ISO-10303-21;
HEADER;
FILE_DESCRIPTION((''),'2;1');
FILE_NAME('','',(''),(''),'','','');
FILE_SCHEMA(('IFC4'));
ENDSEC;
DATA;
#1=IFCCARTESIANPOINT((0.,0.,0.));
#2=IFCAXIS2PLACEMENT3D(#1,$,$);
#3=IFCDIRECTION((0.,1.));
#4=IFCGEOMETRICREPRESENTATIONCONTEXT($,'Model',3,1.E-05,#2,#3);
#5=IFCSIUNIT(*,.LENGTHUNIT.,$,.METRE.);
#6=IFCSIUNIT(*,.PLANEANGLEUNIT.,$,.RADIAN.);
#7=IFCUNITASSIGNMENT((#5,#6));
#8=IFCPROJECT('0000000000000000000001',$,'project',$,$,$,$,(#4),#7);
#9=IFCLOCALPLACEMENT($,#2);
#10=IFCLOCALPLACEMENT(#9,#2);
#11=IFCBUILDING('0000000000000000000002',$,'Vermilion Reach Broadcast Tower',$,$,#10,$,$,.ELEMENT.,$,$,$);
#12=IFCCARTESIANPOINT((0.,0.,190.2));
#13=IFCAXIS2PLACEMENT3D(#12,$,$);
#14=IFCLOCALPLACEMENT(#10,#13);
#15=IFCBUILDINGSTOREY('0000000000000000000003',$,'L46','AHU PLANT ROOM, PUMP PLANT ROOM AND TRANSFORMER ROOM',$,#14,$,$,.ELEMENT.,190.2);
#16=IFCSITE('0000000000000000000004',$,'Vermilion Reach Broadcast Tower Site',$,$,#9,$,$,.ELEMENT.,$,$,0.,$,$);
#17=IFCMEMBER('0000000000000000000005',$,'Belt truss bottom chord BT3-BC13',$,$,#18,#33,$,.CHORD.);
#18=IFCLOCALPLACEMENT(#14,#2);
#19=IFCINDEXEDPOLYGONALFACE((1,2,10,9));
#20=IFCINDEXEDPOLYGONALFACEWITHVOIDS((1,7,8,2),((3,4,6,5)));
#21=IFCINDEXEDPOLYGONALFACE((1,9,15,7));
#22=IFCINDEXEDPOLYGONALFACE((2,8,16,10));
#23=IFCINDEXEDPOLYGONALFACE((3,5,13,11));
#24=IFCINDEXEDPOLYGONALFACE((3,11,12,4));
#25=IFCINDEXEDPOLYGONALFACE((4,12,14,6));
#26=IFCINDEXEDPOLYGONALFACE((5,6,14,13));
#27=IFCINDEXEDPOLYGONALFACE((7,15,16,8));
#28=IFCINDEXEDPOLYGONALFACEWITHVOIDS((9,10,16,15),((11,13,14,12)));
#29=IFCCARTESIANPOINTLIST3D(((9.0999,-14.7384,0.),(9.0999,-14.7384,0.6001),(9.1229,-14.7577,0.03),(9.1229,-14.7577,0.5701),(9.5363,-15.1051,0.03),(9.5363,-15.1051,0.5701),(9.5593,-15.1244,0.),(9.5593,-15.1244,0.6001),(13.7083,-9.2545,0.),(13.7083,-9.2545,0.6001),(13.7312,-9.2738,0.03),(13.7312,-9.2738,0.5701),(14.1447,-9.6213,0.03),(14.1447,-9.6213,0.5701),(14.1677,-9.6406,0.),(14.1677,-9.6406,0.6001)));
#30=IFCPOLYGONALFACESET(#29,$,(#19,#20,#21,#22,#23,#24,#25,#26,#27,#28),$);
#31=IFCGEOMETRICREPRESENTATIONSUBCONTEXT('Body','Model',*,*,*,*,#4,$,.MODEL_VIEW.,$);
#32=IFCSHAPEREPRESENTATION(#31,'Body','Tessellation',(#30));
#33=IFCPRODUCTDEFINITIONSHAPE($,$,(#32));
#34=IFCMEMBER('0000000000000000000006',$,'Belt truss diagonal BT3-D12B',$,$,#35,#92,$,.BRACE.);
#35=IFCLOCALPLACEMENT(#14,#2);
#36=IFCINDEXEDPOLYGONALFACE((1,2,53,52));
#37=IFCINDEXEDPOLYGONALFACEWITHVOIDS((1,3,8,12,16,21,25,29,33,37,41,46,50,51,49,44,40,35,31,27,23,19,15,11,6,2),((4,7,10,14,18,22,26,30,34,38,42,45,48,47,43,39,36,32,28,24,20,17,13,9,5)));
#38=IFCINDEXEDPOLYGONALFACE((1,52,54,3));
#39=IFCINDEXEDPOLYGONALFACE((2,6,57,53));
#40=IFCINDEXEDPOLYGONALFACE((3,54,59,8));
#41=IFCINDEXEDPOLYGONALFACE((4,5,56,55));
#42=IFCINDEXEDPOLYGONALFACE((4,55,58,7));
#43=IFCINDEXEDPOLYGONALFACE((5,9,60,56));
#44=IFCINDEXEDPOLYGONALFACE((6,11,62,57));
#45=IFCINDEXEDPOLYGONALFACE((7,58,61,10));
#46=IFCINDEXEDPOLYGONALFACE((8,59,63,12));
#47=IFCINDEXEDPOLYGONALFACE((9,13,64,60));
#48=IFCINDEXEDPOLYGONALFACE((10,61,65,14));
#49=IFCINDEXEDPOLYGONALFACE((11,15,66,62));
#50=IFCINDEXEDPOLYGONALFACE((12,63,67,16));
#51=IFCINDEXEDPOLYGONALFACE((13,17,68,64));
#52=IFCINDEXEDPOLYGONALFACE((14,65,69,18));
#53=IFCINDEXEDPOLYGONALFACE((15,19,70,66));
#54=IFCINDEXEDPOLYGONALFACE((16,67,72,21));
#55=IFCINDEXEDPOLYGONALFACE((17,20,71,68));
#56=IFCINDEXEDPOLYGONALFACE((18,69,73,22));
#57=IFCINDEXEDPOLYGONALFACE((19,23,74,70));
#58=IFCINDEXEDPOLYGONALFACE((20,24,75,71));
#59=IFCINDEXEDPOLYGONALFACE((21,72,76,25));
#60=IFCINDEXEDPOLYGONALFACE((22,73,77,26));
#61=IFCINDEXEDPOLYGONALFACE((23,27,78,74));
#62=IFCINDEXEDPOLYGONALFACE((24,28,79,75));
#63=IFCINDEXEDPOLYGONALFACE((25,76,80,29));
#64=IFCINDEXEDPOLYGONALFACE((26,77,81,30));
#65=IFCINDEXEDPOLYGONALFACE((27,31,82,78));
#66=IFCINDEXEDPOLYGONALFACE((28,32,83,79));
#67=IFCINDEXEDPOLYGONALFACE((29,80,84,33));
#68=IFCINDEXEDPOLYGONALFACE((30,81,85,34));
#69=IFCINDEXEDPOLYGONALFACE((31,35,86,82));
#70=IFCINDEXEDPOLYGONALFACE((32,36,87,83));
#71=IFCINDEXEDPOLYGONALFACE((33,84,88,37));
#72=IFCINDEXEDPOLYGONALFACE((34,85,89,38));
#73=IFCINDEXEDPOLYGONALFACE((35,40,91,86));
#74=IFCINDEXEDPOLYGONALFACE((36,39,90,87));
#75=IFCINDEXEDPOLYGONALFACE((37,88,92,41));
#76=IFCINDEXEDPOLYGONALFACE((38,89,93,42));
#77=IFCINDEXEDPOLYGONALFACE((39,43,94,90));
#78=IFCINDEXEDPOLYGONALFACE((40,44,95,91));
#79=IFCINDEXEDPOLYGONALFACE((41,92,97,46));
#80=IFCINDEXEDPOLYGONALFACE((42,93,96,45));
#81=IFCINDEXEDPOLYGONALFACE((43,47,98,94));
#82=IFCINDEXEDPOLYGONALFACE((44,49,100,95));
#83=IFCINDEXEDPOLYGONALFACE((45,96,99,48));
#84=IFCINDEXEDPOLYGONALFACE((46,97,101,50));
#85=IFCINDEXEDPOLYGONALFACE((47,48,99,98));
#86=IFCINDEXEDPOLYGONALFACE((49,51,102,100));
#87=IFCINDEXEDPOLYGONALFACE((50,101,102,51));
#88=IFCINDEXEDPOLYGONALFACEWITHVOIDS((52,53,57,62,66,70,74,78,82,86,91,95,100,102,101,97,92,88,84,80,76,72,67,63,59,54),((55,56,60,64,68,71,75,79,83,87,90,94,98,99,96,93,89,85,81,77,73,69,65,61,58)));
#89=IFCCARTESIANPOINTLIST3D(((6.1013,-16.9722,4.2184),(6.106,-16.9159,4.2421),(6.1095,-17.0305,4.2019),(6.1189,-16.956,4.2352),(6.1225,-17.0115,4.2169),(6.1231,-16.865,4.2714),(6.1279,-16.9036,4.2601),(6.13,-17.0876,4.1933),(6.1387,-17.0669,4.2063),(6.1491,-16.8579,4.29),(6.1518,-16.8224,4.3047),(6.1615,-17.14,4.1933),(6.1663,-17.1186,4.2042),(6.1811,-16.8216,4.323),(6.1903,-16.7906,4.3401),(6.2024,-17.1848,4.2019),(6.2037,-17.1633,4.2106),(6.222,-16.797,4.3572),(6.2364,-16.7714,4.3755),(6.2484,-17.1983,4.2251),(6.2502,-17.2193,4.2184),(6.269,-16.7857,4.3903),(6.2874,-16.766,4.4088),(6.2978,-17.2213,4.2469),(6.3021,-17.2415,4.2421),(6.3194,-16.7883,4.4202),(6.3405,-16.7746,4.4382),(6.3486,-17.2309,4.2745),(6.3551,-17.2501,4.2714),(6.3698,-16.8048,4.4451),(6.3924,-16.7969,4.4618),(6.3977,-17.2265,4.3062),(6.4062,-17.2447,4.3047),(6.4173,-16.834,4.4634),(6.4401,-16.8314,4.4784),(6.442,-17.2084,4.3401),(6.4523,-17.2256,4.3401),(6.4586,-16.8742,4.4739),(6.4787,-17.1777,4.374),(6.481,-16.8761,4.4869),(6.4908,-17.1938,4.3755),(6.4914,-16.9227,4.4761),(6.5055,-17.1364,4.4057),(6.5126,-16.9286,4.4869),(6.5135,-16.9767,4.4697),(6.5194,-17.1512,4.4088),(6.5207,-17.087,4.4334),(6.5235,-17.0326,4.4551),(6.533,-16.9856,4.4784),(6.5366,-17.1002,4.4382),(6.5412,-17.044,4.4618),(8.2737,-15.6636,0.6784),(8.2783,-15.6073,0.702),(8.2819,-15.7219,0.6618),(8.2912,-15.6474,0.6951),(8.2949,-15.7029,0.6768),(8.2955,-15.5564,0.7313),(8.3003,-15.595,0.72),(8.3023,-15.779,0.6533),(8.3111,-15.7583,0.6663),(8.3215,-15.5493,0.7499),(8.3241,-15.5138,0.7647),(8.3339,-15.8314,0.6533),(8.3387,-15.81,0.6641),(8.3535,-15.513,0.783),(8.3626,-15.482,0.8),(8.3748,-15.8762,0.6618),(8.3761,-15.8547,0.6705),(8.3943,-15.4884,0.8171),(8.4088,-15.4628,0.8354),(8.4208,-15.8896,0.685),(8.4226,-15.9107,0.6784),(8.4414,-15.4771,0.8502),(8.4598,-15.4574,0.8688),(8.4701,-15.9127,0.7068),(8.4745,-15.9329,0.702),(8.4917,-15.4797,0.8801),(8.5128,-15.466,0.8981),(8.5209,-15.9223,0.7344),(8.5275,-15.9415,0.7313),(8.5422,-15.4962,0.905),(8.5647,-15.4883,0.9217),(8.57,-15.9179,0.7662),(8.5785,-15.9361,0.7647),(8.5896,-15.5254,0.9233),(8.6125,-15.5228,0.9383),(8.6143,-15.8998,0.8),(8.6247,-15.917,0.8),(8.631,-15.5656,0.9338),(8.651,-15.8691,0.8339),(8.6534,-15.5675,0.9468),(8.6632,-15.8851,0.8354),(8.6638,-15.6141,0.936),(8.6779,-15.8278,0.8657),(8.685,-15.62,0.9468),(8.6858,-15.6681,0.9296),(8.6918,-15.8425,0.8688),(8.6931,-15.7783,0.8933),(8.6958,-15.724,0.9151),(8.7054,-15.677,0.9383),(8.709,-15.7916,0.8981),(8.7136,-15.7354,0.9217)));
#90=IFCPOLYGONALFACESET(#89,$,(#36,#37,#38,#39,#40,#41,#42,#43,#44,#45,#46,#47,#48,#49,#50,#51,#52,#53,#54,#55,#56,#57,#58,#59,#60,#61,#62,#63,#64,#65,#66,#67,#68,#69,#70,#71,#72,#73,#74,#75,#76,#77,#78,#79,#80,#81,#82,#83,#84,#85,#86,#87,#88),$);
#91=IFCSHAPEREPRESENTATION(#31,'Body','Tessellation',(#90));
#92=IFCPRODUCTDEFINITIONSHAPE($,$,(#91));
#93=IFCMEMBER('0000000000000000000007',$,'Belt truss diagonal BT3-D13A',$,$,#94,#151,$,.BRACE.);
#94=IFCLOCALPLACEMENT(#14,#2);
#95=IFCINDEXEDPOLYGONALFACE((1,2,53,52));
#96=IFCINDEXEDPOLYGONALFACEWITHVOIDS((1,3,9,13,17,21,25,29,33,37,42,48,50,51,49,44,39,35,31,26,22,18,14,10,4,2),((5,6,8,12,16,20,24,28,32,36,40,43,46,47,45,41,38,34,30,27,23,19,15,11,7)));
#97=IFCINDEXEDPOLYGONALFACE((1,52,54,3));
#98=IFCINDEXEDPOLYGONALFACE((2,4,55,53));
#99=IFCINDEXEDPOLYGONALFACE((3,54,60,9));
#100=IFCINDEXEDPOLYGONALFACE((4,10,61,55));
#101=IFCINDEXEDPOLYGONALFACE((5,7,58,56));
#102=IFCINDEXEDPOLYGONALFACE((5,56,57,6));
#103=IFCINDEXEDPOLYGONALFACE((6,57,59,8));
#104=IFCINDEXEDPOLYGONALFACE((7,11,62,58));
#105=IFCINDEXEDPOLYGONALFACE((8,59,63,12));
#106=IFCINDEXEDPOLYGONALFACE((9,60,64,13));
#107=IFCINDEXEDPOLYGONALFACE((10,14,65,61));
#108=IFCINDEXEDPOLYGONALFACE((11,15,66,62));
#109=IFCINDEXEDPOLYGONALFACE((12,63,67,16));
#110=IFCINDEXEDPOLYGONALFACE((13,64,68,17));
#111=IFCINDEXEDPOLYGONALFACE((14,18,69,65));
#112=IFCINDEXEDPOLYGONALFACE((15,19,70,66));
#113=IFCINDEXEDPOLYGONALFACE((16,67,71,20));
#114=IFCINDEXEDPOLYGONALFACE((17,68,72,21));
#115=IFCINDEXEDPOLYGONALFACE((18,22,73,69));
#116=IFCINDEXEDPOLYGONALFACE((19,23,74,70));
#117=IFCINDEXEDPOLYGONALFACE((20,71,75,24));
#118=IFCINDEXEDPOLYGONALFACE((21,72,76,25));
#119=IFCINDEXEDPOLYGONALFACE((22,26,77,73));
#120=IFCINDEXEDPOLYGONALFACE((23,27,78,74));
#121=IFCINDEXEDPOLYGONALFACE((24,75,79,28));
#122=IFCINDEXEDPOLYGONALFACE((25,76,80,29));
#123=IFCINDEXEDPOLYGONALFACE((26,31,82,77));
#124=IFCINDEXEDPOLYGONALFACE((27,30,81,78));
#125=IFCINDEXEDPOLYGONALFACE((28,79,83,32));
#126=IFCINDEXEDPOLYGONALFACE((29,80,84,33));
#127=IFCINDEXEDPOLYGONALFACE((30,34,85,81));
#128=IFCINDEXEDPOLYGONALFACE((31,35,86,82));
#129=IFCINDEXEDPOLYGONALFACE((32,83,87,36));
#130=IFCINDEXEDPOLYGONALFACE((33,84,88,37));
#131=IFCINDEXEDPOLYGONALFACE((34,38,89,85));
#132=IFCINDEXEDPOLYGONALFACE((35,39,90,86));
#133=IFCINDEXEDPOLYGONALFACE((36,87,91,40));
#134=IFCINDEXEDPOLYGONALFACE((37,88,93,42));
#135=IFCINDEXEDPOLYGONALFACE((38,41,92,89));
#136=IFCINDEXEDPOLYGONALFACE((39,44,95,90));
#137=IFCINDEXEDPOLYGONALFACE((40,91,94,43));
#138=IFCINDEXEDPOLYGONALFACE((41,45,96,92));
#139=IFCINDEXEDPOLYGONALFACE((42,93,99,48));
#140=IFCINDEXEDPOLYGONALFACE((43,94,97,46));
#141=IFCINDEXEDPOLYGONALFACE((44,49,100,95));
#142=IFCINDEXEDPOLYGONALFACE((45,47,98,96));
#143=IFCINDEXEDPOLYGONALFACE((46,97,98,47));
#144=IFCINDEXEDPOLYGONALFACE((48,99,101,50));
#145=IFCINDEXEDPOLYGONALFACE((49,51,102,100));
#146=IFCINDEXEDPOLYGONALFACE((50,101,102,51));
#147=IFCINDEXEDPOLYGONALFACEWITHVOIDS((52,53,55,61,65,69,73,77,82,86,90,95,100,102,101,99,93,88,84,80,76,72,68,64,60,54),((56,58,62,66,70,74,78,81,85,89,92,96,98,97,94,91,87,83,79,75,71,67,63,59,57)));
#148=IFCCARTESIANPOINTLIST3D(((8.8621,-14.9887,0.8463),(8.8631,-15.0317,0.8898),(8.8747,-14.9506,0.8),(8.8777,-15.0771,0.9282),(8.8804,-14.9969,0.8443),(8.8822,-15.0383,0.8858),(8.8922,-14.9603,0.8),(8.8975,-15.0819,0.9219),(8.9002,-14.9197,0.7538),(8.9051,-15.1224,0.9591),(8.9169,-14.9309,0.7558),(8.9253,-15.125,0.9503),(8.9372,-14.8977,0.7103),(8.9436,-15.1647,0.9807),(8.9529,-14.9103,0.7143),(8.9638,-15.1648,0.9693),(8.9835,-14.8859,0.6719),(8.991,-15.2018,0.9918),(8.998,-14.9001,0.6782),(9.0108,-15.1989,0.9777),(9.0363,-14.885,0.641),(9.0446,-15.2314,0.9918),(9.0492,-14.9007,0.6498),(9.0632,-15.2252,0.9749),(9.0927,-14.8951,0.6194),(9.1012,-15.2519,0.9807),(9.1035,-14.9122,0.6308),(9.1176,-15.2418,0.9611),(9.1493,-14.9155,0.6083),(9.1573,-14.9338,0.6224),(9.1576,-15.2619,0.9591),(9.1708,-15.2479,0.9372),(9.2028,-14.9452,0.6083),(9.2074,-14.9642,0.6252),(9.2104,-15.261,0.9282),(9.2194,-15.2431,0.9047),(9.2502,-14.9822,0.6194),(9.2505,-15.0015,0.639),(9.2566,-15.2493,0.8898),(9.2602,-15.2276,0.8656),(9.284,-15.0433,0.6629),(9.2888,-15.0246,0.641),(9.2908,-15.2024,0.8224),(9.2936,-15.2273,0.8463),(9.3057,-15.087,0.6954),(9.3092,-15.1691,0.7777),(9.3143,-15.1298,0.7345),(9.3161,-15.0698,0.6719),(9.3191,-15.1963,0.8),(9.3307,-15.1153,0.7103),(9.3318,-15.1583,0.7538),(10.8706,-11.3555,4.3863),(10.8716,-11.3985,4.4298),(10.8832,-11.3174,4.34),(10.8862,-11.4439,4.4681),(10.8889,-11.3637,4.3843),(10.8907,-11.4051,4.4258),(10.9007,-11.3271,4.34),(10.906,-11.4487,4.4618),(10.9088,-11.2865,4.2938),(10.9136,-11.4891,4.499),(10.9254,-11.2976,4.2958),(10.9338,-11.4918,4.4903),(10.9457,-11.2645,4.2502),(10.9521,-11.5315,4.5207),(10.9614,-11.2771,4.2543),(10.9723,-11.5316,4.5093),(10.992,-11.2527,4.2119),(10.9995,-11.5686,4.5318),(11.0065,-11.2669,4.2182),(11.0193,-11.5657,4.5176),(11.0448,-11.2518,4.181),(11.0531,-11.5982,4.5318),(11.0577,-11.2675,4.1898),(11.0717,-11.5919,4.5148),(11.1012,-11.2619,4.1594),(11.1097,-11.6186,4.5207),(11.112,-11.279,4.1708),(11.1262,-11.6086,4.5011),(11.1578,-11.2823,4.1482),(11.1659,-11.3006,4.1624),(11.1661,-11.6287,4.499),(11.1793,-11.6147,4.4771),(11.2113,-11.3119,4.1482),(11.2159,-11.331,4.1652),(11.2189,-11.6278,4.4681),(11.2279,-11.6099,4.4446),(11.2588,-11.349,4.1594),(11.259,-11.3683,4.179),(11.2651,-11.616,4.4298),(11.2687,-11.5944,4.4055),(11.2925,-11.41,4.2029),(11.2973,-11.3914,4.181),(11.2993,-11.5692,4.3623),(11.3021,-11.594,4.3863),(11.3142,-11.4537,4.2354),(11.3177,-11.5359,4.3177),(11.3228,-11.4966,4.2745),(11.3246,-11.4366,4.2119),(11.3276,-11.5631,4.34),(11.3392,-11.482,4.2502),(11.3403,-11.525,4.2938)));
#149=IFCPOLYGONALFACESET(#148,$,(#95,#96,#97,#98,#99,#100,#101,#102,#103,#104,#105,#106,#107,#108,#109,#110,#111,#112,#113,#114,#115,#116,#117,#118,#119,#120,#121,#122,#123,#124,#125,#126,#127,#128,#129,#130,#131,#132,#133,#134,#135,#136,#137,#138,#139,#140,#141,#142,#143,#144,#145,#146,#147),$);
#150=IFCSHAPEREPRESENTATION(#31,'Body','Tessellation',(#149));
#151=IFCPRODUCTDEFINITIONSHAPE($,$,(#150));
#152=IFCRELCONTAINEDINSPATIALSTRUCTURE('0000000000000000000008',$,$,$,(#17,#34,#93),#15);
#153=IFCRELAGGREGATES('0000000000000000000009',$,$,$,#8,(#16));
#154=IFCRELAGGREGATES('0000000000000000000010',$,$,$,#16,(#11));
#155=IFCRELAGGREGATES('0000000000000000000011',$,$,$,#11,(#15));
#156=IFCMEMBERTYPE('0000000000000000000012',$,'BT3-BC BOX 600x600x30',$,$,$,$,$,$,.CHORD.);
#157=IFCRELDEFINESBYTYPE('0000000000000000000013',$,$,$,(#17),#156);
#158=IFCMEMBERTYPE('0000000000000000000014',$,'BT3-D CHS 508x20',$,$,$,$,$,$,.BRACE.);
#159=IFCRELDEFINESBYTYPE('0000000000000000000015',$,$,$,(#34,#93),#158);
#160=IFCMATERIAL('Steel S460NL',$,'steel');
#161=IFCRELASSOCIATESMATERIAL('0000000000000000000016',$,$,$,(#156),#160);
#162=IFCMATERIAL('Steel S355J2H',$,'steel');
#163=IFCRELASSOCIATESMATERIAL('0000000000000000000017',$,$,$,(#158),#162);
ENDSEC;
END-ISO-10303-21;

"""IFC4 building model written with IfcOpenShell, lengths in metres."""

from ifc_helpers import new_model, si_unit, direction, frame, origin, origin_2d, place, context, subcontext, project, spatial, hollow_rectangle, hollow_circle, extrude, material, material_profile, profile_set, type_object, element, save


model = new_model("IFC4")

# Units and contexts
model_context = context("Model", 3, precision=1e-05, world=origin(), true_north=direction((0.0, 1.0)))
body_context = subcontext(model_context, "Body", "Model", "MODEL_VIEW")
ifc_project = project(units=[si_unit("LENGTHUNIT", "METRE"), si_unit("PLANEANGLEUNIT", "RADIAN")], contexts=[model_context])

# Site, building, storey
site_placement = place(None, origin())
site = spatial("IfcSite", under=ifc_project, at=site_placement, Name="Vermilion Reach Broadcast Tower Site", CompositionType="ELEMENT", RefElevation=0.0)
building_placement = place(site_placement, origin())
building = spatial("IfcBuilding", under=site, at=building_placement, Name="Vermilion Reach Broadcast Tower", CompositionType="ELEMENT")
storey_placement = place(building_placement, frame((0.0, 0.0, 190.2)))
storey = spatial("IfcBuildingStorey", under=building, at=storey_placement, Name="L46", Description="AHU PLANT ROOM, PUMP PLANT ROOM AND TRANSFORMER ROOM", CompositionType="ELEMENT", Elevation=190.2)

# Members
ifc_material_1 = material(Name="Steel S460NL", Category="steel")
ifc_material_profile_1 = material_profile(ifc_material_1, hollow_rectangle(XDim=0.6001, YDim=0.6001, WallThickness=0.03, at=origin_2d()), Name="S460NL BOX 600x600x30")
ifc_profile_set_1 = profile_set([ifc_material_profile_1], Name="Steel S460NL")
member_type_1 = type_object("IfcMemberType", Name="BT3-BC BOX 600x600x30", PredefinedType="CHORD", material=ifc_profile_set_1)
member_1_placement = place(storey_placement, frame((9.3296, -14.9314, 0.3), z_axis=(0.64335, 0.765572, 0.0), x_axis=(-0.765572, 0.64335, 0.0)))
element("IfcMember", 1, at=member_1_placement, inside=storey, type_object=member_type_1, Name="Belt truss bottom chord BT3-BC13", PredefinedType="CHORD", context=body_context, shape_type="SweptSolid", body=[
    extrude(hollow_rectangle(XDim=0.6001, YDim=0.6001, WallThickness=0.03, at=origin_2d()), origin(), (0.0, 0.0, 1.0), 7.1631),
])
ifc_material_2 = material(Name="Steel S355J2H", Category="steel")
ifc_material_profile_2 = material_profile(ifc_material_2, hollow_circle(Radius=0.2539, WallThickness=0.02, at=origin_2d()), Name="S355J2H CHS 508x20")
ifc_profile_set_2 = profile_set([ifc_material_profile_2], Name="Steel S355J2H")
member_type_2 = type_object("IfcMemberType", Name="BT3-D CHS 508x20", PredefinedType="BRACE", material=ifc_profile_set_2)
member_2_placement = place(storey_placement, frame((8.4937, -15.6995, 0.8), z_axis=(-0.498854, -0.300501, 0.812923), x_axis=(0.515996, -0.856591, 0.0)))
element("IfcMember", 2, at=member_2_placement, inside=storey, type_object=member_type_2, Name="Belt truss diagonal BT3-D12B", PredefinedType="BRACE", context=body_context, shape_type="SweptSolid", body=[
    extrude(hollow_circle(Radius=0.2539, WallThickness=0.02, at=origin_2d()), origin(), (0.0, 0.0, 1.0), 4.3547),
])
member_3_placement = place(storey_placement, frame((9.0969, -15.0735, 0.8), z_axis=(0.368141, 0.665938, 0.648844), x_axis=(-0.875173, 0.483809, 0.0)))
element("IfcMember", 3, at=member_3_placement, inside=storey, type_object=member_type_2, Name="Belt truss diagonal BT3-D13A", PredefinedType="BRACE", context=body_context, shape_type="SweptSolid", body=[
    extrude(hollow_circle(Radius=0.2539, WallThickness=0.02, at=origin_2d()), origin(), (0.0, 0.0, 1.0), 5.4558),
])

save(model, "model.ifc")
